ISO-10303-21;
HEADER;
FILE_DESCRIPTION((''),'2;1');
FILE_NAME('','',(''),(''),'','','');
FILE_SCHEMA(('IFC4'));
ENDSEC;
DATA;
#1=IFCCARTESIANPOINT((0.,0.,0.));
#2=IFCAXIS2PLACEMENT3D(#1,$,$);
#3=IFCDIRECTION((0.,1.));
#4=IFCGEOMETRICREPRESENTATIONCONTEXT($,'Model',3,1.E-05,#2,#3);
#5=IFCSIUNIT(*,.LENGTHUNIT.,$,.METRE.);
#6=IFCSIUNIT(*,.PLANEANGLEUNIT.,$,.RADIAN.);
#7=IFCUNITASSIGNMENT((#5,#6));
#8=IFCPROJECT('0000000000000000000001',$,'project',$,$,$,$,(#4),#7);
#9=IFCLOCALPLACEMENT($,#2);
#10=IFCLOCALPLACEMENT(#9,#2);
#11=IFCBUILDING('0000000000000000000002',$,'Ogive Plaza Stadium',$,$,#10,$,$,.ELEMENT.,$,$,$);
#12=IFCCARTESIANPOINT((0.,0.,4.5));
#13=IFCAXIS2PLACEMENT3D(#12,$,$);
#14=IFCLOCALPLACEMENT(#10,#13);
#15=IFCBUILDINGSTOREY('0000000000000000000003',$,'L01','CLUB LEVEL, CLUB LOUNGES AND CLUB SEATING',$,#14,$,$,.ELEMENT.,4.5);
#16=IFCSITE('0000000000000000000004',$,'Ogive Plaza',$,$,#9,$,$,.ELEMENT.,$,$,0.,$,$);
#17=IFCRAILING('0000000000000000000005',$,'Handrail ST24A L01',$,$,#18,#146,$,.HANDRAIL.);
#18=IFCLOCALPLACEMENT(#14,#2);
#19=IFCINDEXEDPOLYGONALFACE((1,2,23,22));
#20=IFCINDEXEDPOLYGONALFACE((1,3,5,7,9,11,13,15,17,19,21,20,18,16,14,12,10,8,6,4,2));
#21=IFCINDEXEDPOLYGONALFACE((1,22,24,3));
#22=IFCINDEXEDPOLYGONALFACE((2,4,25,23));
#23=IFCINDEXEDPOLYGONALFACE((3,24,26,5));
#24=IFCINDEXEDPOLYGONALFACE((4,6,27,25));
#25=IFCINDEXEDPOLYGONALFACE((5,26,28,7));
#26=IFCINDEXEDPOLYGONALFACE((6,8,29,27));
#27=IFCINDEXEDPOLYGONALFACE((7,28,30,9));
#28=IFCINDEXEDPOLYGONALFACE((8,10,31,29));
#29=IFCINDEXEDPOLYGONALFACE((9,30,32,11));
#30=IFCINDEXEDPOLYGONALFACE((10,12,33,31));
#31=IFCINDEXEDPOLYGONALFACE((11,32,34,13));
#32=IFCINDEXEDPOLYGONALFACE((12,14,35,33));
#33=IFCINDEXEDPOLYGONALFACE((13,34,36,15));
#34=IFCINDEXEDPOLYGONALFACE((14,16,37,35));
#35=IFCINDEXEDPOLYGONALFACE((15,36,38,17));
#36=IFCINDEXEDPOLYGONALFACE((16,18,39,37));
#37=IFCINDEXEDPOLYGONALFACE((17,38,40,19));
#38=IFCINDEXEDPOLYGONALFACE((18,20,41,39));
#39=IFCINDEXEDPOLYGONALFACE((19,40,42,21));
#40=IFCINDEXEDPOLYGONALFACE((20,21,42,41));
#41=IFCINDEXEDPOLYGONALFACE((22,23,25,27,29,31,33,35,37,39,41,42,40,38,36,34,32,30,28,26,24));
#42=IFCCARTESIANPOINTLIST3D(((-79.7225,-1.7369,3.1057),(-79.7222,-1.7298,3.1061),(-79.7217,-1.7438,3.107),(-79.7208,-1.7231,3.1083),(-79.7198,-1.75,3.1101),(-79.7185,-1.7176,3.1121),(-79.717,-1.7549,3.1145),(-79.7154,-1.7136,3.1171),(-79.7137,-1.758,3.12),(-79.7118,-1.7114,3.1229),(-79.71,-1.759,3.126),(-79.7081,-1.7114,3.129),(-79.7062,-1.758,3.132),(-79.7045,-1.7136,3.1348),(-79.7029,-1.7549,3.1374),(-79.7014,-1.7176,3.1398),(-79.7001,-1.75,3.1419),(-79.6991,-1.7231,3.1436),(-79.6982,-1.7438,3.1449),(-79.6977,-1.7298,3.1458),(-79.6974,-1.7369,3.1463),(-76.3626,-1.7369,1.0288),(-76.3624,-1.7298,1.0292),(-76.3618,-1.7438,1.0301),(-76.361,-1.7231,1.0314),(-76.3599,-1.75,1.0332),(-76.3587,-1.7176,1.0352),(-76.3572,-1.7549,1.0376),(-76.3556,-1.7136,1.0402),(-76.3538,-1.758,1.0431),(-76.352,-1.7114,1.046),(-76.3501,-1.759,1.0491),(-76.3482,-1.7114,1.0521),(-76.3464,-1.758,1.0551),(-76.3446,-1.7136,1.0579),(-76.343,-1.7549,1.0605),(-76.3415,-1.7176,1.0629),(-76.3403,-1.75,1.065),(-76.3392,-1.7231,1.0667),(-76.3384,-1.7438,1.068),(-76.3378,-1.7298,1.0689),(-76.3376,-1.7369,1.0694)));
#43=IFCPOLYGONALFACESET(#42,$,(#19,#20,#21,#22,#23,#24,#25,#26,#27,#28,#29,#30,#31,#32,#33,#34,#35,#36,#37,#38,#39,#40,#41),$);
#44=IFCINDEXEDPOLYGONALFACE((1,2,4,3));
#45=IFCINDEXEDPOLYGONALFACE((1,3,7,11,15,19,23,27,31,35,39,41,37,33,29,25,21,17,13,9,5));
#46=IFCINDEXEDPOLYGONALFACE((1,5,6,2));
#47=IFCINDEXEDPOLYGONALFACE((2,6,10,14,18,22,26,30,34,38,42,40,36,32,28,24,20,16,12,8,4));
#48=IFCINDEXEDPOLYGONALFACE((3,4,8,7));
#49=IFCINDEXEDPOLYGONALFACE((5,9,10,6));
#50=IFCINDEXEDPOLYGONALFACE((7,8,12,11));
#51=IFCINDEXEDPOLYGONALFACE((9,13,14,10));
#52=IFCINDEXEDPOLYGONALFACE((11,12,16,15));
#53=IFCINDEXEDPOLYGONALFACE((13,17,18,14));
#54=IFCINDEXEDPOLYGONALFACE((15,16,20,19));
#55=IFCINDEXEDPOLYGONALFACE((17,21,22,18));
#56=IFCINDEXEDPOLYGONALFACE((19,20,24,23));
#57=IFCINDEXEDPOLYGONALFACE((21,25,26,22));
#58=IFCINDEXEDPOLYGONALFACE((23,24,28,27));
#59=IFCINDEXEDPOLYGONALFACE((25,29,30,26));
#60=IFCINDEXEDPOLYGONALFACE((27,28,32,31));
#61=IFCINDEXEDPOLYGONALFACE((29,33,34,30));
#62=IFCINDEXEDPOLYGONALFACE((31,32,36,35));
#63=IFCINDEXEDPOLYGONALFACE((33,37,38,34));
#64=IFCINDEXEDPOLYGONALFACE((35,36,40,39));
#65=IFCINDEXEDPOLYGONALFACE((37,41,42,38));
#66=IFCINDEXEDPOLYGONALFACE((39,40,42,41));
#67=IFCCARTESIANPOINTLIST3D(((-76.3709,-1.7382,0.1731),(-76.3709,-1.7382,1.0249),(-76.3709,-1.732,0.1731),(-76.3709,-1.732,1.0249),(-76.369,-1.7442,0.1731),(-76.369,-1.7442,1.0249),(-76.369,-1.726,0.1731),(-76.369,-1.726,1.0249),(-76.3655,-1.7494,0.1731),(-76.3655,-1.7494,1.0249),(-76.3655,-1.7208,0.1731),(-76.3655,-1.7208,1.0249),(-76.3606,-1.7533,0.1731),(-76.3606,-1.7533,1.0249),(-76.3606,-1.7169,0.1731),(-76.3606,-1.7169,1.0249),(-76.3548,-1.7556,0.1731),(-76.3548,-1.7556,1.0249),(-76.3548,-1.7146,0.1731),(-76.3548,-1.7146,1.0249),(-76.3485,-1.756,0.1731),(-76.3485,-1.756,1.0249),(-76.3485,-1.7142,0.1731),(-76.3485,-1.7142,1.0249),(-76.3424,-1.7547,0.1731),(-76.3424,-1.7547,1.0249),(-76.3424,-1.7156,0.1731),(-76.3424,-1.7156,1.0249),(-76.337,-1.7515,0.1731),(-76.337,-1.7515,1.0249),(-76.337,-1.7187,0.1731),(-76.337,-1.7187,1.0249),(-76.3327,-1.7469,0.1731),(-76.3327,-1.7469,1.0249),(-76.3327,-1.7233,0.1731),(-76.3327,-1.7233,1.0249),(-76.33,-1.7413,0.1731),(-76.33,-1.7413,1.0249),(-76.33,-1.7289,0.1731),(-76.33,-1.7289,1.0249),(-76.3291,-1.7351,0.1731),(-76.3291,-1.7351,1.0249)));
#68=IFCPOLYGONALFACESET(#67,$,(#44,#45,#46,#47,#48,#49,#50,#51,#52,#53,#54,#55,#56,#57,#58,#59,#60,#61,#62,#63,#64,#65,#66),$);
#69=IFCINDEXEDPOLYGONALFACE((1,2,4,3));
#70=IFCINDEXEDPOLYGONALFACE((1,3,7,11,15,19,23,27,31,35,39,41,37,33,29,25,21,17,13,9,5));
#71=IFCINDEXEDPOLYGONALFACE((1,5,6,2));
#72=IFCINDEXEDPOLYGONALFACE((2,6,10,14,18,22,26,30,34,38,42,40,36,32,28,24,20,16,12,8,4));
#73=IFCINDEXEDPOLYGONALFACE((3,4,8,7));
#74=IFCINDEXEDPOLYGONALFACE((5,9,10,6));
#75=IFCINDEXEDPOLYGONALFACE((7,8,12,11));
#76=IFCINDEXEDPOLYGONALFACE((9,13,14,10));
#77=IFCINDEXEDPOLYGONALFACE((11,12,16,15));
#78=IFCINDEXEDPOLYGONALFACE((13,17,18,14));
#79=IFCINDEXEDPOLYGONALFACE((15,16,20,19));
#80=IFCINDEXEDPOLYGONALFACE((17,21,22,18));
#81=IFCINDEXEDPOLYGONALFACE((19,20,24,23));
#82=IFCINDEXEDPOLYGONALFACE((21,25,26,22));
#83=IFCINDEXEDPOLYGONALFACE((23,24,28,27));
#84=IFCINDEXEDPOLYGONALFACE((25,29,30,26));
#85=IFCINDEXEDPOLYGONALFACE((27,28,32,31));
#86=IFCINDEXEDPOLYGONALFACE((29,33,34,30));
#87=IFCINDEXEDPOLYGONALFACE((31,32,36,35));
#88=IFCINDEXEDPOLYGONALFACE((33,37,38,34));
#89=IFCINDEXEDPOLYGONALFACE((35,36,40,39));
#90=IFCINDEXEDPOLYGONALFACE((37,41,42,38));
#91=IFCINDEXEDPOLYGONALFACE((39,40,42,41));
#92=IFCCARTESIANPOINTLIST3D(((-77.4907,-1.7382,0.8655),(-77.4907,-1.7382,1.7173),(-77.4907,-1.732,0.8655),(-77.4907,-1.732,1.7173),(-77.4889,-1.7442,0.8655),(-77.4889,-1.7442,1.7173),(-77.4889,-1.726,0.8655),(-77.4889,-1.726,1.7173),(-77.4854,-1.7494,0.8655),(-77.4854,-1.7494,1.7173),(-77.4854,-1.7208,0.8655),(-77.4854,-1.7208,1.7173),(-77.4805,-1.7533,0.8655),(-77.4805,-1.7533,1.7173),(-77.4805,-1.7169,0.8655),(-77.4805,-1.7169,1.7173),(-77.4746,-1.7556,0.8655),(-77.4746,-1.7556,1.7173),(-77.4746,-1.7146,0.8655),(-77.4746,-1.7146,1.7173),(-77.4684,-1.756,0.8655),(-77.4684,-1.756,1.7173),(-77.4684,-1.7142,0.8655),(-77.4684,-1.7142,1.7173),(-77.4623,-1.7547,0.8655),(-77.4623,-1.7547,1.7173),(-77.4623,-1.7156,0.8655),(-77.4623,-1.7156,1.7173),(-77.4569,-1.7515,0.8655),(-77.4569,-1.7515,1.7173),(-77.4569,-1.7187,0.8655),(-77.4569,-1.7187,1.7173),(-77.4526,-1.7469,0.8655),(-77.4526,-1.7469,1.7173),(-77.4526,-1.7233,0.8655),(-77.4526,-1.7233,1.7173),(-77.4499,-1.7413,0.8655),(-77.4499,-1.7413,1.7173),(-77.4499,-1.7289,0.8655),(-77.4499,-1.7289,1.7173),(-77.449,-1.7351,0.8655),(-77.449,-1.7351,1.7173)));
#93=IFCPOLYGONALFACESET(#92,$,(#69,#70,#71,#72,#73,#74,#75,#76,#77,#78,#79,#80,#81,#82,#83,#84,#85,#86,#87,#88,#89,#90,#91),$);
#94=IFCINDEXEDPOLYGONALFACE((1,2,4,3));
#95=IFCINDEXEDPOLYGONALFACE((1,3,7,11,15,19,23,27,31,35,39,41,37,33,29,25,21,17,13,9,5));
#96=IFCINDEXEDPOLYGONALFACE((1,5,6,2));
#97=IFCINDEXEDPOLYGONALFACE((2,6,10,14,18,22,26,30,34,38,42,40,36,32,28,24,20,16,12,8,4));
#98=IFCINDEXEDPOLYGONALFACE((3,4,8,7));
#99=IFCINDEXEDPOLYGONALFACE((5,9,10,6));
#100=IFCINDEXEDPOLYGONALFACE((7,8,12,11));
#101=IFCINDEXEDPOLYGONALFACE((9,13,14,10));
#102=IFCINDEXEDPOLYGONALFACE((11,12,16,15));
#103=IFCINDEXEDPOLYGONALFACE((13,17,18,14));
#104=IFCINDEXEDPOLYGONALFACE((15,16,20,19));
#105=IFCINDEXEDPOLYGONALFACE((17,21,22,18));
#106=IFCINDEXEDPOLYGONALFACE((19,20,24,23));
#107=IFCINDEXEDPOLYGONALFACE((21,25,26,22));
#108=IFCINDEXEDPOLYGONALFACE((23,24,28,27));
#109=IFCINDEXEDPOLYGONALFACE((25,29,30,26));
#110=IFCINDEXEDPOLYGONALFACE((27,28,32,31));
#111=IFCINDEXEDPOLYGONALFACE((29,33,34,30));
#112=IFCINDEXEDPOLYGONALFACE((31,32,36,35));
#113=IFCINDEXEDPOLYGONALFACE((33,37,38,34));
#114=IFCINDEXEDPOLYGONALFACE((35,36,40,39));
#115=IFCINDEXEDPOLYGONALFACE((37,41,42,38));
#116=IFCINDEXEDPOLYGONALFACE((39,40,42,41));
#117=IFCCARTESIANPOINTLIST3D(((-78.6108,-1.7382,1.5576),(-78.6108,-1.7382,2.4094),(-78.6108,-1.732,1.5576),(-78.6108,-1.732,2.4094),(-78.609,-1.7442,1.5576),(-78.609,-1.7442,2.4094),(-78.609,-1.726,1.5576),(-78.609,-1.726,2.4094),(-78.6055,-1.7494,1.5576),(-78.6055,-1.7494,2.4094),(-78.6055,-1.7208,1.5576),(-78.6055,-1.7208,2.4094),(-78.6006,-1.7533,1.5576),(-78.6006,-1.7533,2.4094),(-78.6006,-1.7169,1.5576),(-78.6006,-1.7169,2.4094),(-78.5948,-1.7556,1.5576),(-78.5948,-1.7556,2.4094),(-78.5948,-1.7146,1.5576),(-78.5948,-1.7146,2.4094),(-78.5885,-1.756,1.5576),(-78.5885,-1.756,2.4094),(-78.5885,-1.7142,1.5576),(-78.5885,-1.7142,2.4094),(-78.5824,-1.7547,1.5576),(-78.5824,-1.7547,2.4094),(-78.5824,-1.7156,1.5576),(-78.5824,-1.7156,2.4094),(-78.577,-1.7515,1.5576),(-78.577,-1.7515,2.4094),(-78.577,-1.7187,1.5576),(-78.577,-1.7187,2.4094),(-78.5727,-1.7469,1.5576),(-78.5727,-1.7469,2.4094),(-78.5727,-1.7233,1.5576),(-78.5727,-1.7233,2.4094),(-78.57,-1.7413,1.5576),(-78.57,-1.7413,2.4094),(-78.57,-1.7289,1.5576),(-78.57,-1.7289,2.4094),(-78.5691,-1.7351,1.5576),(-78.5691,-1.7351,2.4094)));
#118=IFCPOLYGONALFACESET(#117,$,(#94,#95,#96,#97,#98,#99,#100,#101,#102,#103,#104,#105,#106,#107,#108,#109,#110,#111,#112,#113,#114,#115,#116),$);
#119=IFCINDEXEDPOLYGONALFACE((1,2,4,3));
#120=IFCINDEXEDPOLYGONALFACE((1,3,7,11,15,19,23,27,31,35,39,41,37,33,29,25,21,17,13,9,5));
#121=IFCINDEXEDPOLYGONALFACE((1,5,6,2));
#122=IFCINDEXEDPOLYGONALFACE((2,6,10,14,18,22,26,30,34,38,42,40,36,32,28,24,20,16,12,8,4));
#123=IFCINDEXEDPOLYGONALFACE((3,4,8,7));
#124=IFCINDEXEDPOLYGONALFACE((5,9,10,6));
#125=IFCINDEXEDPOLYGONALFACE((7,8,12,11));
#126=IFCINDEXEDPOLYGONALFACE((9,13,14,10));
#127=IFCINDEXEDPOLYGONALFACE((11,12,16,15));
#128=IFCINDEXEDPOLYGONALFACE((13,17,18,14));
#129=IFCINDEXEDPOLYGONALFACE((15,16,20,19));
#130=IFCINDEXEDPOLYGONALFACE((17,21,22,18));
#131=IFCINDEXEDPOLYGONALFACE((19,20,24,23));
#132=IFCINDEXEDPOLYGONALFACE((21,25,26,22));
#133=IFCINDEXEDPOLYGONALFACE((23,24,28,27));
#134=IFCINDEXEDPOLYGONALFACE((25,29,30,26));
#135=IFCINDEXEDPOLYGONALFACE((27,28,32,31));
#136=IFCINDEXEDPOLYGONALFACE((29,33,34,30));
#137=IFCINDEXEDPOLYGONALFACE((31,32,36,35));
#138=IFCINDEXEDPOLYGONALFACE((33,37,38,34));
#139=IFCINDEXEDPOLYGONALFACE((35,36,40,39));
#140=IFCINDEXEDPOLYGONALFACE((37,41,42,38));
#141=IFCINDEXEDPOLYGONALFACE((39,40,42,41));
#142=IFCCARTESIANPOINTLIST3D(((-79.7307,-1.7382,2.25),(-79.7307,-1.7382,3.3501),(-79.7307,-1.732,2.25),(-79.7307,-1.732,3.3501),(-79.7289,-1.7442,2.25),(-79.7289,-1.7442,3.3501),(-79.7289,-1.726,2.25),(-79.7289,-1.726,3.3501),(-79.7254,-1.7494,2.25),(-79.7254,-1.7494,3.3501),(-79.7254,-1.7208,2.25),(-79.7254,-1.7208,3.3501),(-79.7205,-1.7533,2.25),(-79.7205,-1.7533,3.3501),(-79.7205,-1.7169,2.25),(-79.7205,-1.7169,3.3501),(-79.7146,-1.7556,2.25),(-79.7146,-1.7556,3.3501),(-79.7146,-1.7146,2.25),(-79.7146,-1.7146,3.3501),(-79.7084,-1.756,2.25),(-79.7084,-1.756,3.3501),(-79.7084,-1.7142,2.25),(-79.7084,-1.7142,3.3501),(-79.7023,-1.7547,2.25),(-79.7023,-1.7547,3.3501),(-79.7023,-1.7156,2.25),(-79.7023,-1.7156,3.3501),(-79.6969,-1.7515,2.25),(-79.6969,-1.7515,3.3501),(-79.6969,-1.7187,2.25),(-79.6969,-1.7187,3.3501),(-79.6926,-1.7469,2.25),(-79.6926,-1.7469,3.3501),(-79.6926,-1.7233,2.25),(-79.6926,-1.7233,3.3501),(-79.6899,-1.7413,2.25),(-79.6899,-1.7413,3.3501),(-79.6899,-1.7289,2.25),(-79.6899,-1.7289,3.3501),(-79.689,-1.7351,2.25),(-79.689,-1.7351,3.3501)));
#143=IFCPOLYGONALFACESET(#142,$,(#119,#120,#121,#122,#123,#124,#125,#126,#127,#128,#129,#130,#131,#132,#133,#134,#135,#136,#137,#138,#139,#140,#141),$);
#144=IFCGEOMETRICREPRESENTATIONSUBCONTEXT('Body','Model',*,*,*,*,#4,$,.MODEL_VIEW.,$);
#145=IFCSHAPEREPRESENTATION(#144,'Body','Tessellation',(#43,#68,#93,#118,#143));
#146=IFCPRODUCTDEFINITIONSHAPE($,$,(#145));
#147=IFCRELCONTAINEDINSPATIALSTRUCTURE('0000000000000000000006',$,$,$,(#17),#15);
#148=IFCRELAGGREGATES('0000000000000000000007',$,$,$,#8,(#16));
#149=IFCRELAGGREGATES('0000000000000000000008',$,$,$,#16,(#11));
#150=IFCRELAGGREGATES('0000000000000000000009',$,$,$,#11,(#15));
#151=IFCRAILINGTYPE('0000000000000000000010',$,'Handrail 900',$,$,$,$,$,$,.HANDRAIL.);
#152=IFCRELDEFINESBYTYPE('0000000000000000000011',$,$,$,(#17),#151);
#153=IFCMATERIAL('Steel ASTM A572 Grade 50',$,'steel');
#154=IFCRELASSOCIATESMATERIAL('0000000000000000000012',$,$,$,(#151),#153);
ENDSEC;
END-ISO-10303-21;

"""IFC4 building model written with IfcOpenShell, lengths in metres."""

from ifc_helpers import new_model, si_unit, direction, frame, origin, origin_2d, place, context, subcontext, project, spatial, circle, extrude, material, type_object, element, save


model = new_model("IFC4")

# Units and contexts
model_context = context("Model", 3, precision=1e-05, world=origin(), true_north=direction((0.0, 1.0)))
body_context = subcontext(model_context, "Body", "Model", "MODEL_VIEW")
ifc_project = project(units=[si_unit("LENGTHUNIT", "METRE"), si_unit("PLANEANGLEUNIT", "RADIAN")], contexts=[model_context])

# Site, building, storey
site_placement = place(None, origin())
site = spatial("IfcSite", under=ifc_project, at=site_placement, Name="Ogive Plaza", CompositionType="ELEMENT", RefElevation=0.0)
building_placement = place(site_placement, origin())
building = spatial("IfcBuilding", under=site, at=building_placement, Name="Ogive Plaza Stadium", CompositionType="ELEMENT")
storey_placement = place(building_placement, frame((0.0, 0.0, 4.5)))
storey = spatial("IfcBuildingStorey", under=building, at=storey_placement, Name="L01", Description="CLUB LEVEL, CLUB LOUNGES AND CLUB SEATING", CompositionType="ELEMENT", Elevation=4.5)

# Railing
ifc_material_1 = material(Name="Steel ASTM A572 Grade 50", Category="steel")
railing_type_1 = type_object("IfcRailingType", Name="Handrail 900", PredefinedType="HANDRAIL", material=ifc_material_1)
for number, where, name in (
    (1, (-76.3501, -1.7351, 0.1731), "Handrail ST24A L01"),
):
    element("IfcRailing", number, at=place(storey_placement, frame(where)), inside=storey, type_object=railing_type_1, Name=name, PredefinedType="HANDRAIL", context=body_context, shape_type="SweptSolid", body=[
        extrude(circle(Radius=0.0239, at=origin_2d()), frame((0.0, 0.0, 0.876), z_axis=(-0.850606, 0.0, 0.525803), x_axis=(0.0, -1.0, 0.0)), (0.0, 0.0, 1.0), 3.95),
        extrude(circle(Radius=0.021, at=origin_2d()), origin(), (0.0, 0.0, 1.0), 0.8518),
        extrude(circle(Radius=0.021, at=origin_2d()), frame((-1.1199, 0.0, 0.6924)), (0.0, 0.0, 1.0), 0.8518),
        extrude(circle(Radius=0.021, at=origin_2d()), frame((-2.24, 0.0, 1.3845)), (0.0, 0.0, 1.0), 0.8518),
        extrude(circle(Radius=0.021, at=origin_2d()), frame((-3.3599, 0.0, 2.0769)), (0.0, 0.0, 1.0), 1.1001),
    ])

save(model, "model.ifc")
